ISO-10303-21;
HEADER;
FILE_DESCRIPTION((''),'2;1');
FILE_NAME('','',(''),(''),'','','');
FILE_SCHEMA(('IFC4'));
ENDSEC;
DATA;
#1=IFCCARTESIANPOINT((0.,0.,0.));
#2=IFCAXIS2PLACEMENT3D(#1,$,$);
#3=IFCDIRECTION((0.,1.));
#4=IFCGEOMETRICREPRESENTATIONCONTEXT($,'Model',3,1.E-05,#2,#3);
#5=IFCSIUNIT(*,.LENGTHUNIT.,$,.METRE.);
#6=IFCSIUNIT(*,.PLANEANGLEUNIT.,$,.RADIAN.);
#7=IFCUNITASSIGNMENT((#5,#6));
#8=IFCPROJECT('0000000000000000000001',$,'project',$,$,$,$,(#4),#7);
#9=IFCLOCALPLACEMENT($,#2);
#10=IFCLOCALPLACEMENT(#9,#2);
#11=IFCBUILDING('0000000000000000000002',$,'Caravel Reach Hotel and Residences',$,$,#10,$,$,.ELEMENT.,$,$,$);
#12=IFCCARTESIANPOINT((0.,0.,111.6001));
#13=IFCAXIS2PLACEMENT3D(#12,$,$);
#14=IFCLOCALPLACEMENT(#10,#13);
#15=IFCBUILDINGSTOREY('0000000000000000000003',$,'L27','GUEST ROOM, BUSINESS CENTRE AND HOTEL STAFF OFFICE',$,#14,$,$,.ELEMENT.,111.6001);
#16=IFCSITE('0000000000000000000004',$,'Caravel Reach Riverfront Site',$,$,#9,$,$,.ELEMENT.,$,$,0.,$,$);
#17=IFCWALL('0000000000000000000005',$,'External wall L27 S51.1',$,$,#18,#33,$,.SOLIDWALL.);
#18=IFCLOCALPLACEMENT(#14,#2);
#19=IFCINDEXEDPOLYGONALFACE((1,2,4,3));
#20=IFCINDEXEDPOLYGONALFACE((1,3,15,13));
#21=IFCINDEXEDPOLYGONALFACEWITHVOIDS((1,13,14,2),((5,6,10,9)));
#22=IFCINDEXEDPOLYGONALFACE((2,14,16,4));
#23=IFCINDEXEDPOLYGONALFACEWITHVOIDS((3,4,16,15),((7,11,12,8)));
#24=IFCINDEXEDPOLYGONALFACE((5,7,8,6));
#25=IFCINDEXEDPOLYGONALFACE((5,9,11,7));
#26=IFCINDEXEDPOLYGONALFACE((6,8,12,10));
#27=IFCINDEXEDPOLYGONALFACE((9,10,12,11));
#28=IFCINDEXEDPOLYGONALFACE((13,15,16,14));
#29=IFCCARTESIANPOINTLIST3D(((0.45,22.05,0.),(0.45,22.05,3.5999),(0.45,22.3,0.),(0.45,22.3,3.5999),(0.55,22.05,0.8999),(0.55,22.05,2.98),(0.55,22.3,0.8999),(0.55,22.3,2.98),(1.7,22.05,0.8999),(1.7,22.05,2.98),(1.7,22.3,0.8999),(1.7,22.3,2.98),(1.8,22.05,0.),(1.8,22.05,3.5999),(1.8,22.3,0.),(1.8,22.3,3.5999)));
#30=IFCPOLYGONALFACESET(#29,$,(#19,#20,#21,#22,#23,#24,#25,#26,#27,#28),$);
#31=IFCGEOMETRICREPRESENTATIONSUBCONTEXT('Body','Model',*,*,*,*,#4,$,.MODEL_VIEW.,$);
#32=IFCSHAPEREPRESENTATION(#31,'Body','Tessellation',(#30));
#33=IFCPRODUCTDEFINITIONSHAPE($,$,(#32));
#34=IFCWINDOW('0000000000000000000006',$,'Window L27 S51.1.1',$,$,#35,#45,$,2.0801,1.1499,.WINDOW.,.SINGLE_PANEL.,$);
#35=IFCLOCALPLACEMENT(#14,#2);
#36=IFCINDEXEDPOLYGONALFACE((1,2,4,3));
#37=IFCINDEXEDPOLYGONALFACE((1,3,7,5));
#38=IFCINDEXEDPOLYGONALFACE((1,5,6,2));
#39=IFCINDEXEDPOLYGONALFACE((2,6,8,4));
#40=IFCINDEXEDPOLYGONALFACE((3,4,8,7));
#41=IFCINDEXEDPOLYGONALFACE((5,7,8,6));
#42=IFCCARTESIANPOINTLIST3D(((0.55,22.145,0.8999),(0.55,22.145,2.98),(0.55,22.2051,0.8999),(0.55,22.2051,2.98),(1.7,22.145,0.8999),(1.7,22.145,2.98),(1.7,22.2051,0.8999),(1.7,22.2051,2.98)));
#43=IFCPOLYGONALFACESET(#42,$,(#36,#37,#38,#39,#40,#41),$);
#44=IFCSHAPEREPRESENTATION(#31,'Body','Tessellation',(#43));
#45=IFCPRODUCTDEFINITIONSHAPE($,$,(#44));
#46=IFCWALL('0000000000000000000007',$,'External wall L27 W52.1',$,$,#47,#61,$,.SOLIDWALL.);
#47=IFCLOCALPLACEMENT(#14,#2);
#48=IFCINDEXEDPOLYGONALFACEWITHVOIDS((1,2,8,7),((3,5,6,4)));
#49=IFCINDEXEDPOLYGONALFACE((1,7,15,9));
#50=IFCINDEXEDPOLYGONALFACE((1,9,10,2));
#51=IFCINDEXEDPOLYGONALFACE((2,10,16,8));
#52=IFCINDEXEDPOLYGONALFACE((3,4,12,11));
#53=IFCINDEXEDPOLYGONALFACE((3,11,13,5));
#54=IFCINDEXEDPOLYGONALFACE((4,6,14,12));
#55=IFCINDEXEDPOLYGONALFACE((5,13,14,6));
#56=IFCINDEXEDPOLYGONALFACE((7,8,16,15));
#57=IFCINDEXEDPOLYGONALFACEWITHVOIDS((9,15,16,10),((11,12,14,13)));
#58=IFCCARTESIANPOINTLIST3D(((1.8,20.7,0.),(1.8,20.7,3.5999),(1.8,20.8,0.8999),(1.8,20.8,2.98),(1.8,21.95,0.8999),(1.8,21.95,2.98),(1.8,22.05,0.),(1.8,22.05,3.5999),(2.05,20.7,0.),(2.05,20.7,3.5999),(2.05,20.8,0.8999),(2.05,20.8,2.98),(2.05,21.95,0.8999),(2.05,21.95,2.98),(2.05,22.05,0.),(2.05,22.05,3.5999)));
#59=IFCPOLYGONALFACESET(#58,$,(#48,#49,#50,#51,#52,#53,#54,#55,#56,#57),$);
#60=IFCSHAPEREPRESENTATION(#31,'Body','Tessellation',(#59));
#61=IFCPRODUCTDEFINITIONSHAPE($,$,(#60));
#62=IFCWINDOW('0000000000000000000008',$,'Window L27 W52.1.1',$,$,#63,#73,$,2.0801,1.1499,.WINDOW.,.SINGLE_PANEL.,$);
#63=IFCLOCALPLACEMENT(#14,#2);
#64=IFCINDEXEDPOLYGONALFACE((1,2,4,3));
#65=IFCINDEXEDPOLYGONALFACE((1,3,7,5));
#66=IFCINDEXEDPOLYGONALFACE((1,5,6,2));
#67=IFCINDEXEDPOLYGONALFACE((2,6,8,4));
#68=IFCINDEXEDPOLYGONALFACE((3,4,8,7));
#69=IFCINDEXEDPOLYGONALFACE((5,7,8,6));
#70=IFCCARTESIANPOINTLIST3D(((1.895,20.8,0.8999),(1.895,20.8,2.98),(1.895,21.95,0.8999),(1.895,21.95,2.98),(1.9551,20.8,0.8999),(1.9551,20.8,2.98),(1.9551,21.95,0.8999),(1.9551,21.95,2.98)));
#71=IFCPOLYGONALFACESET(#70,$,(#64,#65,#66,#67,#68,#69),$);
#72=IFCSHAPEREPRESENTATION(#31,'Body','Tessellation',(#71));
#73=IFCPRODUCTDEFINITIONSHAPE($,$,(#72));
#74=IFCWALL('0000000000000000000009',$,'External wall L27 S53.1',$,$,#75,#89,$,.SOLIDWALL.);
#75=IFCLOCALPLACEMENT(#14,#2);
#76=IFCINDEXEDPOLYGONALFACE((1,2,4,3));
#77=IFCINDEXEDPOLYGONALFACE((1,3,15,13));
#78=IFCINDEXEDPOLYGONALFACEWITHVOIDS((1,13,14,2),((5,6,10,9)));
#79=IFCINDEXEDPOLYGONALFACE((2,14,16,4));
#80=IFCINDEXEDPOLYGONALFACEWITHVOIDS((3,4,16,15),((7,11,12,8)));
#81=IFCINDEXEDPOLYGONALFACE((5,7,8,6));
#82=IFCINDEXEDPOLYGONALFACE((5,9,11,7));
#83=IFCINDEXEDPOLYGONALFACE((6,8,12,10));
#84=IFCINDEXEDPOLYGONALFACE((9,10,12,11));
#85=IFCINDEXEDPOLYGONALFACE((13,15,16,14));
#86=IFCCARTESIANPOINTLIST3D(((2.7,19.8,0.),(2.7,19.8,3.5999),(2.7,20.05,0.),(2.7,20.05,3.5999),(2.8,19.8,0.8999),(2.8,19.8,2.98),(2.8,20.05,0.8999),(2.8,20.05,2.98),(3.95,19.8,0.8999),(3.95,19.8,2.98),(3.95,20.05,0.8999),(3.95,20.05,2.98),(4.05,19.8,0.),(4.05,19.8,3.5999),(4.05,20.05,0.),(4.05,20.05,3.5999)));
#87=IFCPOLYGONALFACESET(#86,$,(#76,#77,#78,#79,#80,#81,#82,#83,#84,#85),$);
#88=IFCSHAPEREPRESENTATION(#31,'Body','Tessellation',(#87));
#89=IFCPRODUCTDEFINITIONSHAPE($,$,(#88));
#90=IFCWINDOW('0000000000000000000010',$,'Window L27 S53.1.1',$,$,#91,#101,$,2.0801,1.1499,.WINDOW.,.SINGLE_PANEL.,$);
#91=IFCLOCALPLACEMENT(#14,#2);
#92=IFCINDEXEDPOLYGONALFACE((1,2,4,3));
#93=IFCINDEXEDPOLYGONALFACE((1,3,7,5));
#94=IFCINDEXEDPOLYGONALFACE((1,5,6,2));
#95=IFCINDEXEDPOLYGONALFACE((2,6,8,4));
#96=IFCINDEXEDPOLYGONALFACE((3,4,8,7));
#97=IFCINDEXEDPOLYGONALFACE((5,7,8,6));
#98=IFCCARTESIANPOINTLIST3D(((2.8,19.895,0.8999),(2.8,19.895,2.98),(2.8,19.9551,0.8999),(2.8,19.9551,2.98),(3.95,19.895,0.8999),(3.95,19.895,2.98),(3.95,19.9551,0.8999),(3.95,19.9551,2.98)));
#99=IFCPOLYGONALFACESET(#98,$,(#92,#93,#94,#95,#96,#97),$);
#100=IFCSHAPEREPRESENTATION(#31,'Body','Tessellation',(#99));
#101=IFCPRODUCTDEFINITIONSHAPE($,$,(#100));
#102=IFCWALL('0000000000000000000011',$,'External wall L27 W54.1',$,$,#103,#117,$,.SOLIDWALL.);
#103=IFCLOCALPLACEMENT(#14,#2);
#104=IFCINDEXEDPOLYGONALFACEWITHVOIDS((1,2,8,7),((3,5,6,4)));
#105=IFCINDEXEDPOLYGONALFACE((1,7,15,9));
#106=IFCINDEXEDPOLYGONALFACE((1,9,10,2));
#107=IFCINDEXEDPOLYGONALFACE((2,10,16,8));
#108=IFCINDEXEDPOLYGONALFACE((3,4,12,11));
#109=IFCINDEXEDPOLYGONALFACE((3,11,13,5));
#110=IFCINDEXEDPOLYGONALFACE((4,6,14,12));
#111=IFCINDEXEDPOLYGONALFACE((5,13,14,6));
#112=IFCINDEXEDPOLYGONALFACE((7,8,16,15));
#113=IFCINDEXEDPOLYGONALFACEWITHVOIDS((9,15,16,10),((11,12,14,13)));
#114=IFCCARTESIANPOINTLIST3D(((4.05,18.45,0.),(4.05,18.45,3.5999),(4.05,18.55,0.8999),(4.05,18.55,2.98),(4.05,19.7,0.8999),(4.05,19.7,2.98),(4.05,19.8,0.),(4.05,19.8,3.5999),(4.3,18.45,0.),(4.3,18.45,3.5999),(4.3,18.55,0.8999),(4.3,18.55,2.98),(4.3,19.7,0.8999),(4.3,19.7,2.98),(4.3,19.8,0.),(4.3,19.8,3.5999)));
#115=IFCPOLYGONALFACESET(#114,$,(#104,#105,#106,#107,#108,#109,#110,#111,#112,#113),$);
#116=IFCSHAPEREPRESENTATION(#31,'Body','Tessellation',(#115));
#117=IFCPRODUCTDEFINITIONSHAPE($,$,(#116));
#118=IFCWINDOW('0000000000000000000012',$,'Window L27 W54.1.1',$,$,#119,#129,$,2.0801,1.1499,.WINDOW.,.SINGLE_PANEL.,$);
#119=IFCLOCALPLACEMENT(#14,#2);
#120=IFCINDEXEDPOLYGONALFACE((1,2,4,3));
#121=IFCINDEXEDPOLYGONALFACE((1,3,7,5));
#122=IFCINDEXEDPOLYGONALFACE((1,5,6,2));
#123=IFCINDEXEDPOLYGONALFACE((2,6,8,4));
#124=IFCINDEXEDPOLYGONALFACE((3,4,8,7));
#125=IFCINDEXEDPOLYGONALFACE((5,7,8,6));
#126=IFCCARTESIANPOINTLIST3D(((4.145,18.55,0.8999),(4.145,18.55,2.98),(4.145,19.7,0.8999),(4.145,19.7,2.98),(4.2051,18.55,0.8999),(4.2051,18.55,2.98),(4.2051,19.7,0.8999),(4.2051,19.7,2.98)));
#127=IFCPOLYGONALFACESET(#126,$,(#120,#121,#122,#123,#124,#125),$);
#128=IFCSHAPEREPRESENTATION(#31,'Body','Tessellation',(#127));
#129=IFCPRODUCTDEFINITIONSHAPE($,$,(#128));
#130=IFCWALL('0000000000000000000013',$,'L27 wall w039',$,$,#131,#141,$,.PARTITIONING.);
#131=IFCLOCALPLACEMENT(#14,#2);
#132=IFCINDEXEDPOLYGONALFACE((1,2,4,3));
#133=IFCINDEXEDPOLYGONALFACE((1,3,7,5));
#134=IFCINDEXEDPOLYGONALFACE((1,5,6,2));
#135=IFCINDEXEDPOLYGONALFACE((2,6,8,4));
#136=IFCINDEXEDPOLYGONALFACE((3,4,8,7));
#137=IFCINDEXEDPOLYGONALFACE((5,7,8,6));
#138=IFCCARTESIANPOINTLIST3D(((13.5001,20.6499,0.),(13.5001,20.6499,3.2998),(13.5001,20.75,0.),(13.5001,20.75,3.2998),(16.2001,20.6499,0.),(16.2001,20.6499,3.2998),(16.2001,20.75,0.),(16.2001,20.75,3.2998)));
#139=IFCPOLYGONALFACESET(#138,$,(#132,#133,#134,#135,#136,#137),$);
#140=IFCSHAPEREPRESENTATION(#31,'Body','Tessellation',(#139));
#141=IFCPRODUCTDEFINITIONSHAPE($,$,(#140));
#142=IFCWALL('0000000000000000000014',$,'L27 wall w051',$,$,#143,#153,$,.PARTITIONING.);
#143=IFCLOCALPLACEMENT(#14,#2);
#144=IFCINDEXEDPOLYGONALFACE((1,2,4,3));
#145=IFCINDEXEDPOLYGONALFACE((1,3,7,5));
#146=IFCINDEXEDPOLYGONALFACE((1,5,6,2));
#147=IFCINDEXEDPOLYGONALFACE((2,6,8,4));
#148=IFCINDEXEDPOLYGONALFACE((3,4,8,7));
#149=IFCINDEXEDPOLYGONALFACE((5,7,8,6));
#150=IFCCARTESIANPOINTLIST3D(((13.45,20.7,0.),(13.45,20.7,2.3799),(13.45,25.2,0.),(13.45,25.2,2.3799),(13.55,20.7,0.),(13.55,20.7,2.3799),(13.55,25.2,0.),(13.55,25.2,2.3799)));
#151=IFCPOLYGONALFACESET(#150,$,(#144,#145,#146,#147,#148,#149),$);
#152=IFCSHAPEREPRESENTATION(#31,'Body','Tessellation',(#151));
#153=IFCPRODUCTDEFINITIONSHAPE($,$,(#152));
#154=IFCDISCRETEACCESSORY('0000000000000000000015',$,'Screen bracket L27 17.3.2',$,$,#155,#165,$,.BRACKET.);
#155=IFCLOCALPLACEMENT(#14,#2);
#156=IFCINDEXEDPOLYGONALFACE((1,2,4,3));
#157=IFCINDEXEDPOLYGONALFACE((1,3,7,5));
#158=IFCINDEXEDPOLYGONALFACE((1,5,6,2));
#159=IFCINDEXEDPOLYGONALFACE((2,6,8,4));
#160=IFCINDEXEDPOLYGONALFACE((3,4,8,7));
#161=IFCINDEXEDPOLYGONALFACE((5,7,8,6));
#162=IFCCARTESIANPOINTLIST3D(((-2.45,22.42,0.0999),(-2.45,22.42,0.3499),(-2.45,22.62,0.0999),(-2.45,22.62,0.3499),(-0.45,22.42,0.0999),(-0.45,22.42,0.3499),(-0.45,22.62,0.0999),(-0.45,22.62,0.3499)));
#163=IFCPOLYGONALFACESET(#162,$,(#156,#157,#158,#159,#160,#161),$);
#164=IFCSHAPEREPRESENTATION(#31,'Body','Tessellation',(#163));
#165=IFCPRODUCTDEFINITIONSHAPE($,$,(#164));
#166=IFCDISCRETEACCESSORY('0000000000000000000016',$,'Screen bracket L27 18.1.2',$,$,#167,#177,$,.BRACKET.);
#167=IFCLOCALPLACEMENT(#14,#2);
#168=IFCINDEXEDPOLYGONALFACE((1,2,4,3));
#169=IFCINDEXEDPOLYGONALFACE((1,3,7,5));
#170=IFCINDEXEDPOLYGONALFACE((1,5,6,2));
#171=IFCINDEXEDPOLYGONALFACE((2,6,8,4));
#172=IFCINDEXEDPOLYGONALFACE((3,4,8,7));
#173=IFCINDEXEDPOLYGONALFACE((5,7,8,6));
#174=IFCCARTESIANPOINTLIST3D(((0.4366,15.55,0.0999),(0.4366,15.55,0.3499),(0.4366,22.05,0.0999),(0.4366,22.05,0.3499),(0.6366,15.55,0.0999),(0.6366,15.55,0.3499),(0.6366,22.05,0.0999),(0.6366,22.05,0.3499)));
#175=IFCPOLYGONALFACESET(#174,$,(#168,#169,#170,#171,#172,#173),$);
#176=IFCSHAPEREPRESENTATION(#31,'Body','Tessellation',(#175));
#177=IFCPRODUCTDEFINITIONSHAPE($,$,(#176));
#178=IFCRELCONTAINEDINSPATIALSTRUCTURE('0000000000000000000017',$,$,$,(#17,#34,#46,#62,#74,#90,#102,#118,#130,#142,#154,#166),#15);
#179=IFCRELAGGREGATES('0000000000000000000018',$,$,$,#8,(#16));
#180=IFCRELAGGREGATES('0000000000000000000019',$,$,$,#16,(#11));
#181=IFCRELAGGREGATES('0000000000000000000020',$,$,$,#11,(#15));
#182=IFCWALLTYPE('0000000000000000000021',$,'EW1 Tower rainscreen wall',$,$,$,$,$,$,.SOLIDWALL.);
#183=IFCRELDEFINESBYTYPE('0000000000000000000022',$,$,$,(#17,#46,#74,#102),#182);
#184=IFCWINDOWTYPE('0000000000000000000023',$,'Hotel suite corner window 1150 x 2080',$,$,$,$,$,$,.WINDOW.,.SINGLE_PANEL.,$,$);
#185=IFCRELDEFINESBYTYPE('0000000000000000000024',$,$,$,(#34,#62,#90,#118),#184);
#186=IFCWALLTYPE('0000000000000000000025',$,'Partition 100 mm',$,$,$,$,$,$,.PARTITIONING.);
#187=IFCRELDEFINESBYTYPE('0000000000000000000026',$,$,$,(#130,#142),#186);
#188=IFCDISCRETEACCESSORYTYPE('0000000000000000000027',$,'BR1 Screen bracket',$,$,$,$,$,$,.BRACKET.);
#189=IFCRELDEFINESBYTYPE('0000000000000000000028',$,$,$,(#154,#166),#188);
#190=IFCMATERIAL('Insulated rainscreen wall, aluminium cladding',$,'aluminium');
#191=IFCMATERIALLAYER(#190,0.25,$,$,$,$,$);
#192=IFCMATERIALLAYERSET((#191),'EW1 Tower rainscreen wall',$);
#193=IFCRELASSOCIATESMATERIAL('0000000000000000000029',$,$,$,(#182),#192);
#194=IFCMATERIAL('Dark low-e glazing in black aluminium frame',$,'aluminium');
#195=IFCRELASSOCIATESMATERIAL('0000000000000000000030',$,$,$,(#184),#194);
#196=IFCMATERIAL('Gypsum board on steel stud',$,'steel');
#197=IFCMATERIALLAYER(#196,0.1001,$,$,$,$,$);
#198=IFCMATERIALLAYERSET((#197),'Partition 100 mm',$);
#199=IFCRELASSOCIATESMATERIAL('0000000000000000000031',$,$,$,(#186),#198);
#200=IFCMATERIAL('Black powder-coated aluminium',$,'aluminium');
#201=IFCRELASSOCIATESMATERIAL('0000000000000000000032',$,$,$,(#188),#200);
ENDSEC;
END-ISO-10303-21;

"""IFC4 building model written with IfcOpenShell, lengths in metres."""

from ifc_helpers import new_model, si_unit, direction, frame, frame_2d, origin, origin_2d, place, context, subcontext, project, spatial, rectangle, extrude, material, layer, layer_set, type_object, element, fill, save


model = new_model("IFC4")

# Units and contexts
model_context = context("Model", 3, precision=1e-05, world=origin(), true_north=direction((0.0, 1.0)))
body_context = subcontext(model_context, "Body", "Model", "MODEL_VIEW")
ifc_project = project(units=[si_unit("LENGTHUNIT", "METRE"), si_unit("PLANEANGLEUNIT", "RADIAN")], contexts=[model_context])

# Site, building, storey
site_placement = place(None, origin())
site = spatial("IfcSite", under=ifc_project, at=site_placement, Name="Caravel Reach Riverfront Site", CompositionType="ELEMENT", RefElevation=0.0)
building_placement = place(site_placement, origin())
building = spatial("IfcBuilding", under=site, at=building_placement, Name="Caravel Reach Hotel and Residences", CompositionType="ELEMENT")
storey_placement = place(building_placement, frame((0.0, 0.0, 111.6001)))
storey = spatial("IfcBuildingStorey", under=building, at=storey_placement, Name="L27", Description="GUEST ROOM, BUSINESS CENTRE AND HOTEL STAFF OFFICE", CompositionType="ELEMENT", Elevation=111.6001)

# Walls, openings, windows
ifc_material_1 = material(Name="Insulated rainscreen wall, aluminium cladding", Category="aluminium")
ifc_layer_1 = layer(ifc_material_1, 0.25)
ifc_layer_set_1 = layer_set([ifc_layer_1], Name="EW1 Tower rainscreen wall")
wall_type_1 = type_object("IfcWallType", Name="EW1 Tower rainscreen wall", PredefinedType="SOLIDWALL", material=ifc_layer_set_1)
wall_1_placement = place(storey_placement, frame((0.45, 22.175, 0.0), z_axis=(0.0, 0.0, 1.0), x_axis=(1.0, 0.0, 0.0)))
wall_1 = element("IfcWall", 1, at=wall_1_placement, inside=storey, type_object=wall_type_1, Name="External wall L27 S51.1", PredefinedType="SOLIDWALL", context=body_context, shape_type="SweptSolid", body=[
    extrude(rectangle(XDim=1.3501, YDim=0.25, at=frame_2d((0.675, 0.0))), origin(), (0.0, 0.0, 1.0), 3.5999),
])
opening_1_placement = place(wall_1_placement, frame((0.1001, 0.0, 0.8999)))
opening_1 = element("IfcOpeningElement", 2, at=opening_1_placement, cuts=wall_1, PredefinedType="OPENING", context=body_context, shape_type="SweptSolid", body=[
    extrude(rectangle(XDim=1.1499, YDim=2.0801, at=frame_2d((0.575, 1.04))), frame((0.0, 0.135, 0.0), z_axis=(0.0, -1.0, 0.0), x_axis=(1.0, 0.0, 0.0)), (0.0, 0.0, 1.0), 0.27),
])
ifc_material_2 = material(Name="Dark low-e glazing in black aluminium frame", Category="aluminium")
window_type = type_object("IfcWindowType", Name="Hotel suite corner window 1150 x 2080", PartitioningType="SINGLE_PANEL", PredefinedType="WINDOW", material=ifc_material_2)
window_1_placement = place(opening_1_placement, origin())
window_1 = element("IfcWindow", 3, at=window_1_placement, inside=storey, type_object=window_type, Name="Window L27 S51.1.1", OverallHeight=2.0801, OverallWidth=1.1499, PartitioningType="SINGLE_PANEL", PredefinedType="WINDOW", context=body_context, shape_type="SweptSolid", body=[
    extrude(rectangle(XDim=1.1499, YDim=2.0801, at=frame_2d((0.575, 1.04))), frame((0.0, 0.03, 0.0), z_axis=(0.0, -1.0, 0.0), x_axis=(1.0, 0.0, 0.0)), (0.0, 0.0, 1.0), 0.0601),
])
fill(opening_1, window_1)
wall_2_placement = place(storey_placement, frame((1.925, 22.05, 0.0), z_axis=(0.0, 0.0, 1.0), x_axis=(0.0, -1.0, 0.0)))
wall_2 = element("IfcWall", 4, at=wall_2_placement, inside=storey, type_object=wall_type_1, Name="External wall L27 W52.1", PredefinedType="SOLIDWALL", context=body_context, shape_type="SweptSolid", body=[
    extrude(rectangle(XDim=1.3501, YDim=0.25, at=frame_2d((0.675, 0.0))), origin(), (0.0, 0.0, 1.0), 3.5999),
])
opening_2_placement = place(wall_2_placement, frame((0.1001, 0.0, 0.8999)))
opening_2 = element("IfcOpeningElement", 5, at=opening_2_placement, cuts=wall_2, PredefinedType="OPENING", context=body_context, shape_type="SweptSolid", body=[
    extrude(rectangle(XDim=1.1499, YDim=2.0801, at=frame_2d((0.575, 1.04))), frame((0.0, 0.135, 0.0), z_axis=(0.0, -1.0, 0.0), x_axis=(1.0, 0.0, 0.0)), (0.0, 0.0, 1.0), 0.27),
])
window_2_placement = place(opening_2_placement, origin())
window_2 = element("IfcWindow", 6, at=window_2_placement, inside=storey, type_object=window_type, Name="Window L27 W52.1.1", OverallHeight=2.0801, OverallWidth=1.1499, PartitioningType="SINGLE_PANEL", PredefinedType="WINDOW", context=body_context, shape_type="SweptSolid", body=[
    extrude(rectangle(XDim=1.1499, YDim=2.0801, at=frame_2d((0.575, 1.04))), frame((0.0, 0.03, 0.0), z_axis=(0.0, -1.0, 0.0), x_axis=(1.0, 0.0, 0.0)), (0.0, 0.0, 1.0), 0.0601),
])
fill(opening_2, window_2)
wall_3_placement = place(storey_placement, frame((2.7, 19.925, 0.0), z_axis=(0.0, 0.0, 1.0), x_axis=(1.0, 0.0, 0.0)))
wall_3 = element("IfcWall", 7, at=wall_3_placement, inside=storey, type_object=wall_type_1, Name="External wall L27 S53.1", PredefinedType="SOLIDWALL", context=body_context, shape_type="SweptSolid", body=[
    extrude(rectangle(XDim=1.3501, YDim=0.25, at=frame_2d((0.675, 0.0))), origin(), (0.0, 0.0, 1.0), 3.5999),
])
opening_3_placement = place(wall_3_placement, frame((0.1001, 0.0, 0.8999)))
opening_3 = element("IfcOpeningElement", 8, at=opening_3_placement, cuts=wall_3, PredefinedType="OPENING", context=body_context, shape_type="SweptSolid", body=[
    extrude(rectangle(XDim=1.1499, YDim=2.0801, at=frame_2d((0.575, 1.04))), frame((0.0, 0.135, 0.0), z_axis=(0.0, -1.0, 0.0), x_axis=(1.0, 0.0, 0.0)), (0.0, 0.0, 1.0), 0.27),
])
window_3_placement = place(opening_3_placement, origin())
window_3 = element("IfcWindow", 9, at=window_3_placement, inside=storey, type_object=window_type, Name="Window L27 S53.1.1", OverallHeight=2.0801, OverallWidth=1.1499, PartitioningType="SINGLE_PANEL", PredefinedType="WINDOW", context=body_context, shape_type="SweptSolid", body=[
    extrude(rectangle(XDim=1.1499, YDim=2.0801, at=frame_2d((0.575, 1.04))), frame((0.0, 0.03, 0.0), z_axis=(0.0, -1.0, 0.0), x_axis=(1.0, 0.0, 0.0)), (0.0, 0.0, 1.0), 0.0601),
])
fill(opening_3, window_3)
wall_4_placement = place(storey_placement, frame((4.175, 19.8, 0.0), z_axis=(0.0, 0.0, 1.0), x_axis=(0.0, -1.0, 0.0)))
wall_4 = element("IfcWall", 10, at=wall_4_placement, inside=storey, type_object=wall_type_1, Name="External wall L27 W54.1", PredefinedType="SOLIDWALL", context=body_context, shape_type="SweptSolid", body=[
    extrude(rectangle(XDim=1.3501, YDim=0.25, at=frame_2d((0.675, 0.0))), origin(), (0.0, 0.0, 1.0), 3.5999),
])
opening_4_placement = place(wall_4_placement, frame((0.1001, 0.0, 0.8999)))
opening_4 = element("IfcOpeningElement", 11, at=opening_4_placement, cuts=wall_4, PredefinedType="OPENING", context=body_context, shape_type="SweptSolid", body=[
    extrude(rectangle(XDim=1.1499, YDim=2.0801, at=frame_2d((0.575, 1.04))), frame((0.0, 0.135, 0.0), z_axis=(0.0, -1.0, 0.0), x_axis=(1.0, 0.0, 0.0)), (0.0, 0.0, 1.0), 0.27),
])
window_4_placement = place(opening_4_placement, origin())
window_4 = element("IfcWindow", 12, at=window_4_placement, inside=storey, type_object=window_type, Name="Window L27 W54.1.1", OverallHeight=2.0801, OverallWidth=1.1499, PartitioningType="SINGLE_PANEL", PredefinedType="WINDOW", context=body_context, shape_type="SweptSolid", body=[
    extrude(rectangle(XDim=1.1499, YDim=2.0801, at=frame_2d((0.575, 1.04))), frame((0.0, 0.03, 0.0), z_axis=(0.0, -1.0, 0.0), x_axis=(1.0, 0.0, 0.0)), (0.0, 0.0, 1.0), 0.0601),
])
fill(opening_4, window_4)

# Walls
ifc_material_3 = material(Name="Gypsum board on steel stud", Category="steel")
ifc_layer_2 = layer(ifc_material_3, 0.1001)
ifc_layer_set_2 = layer_set([ifc_layer_2], Name="Partition 100 mm")
wall_type_2 = type_object("IfcWallType", Name="Partition 100 mm", PredefinedType="PARTITIONING", material=ifc_layer_set_2)
wall_5_placement = place(storey_placement, frame((13.5, 20.7, 0.0), z_axis=(0.0, 0.0, 1.0), x_axis=(1.0, 0.0, 0.0)))
element("IfcWall", 13, at=wall_5_placement, inside=storey, type_object=wall_type_2, Name="L27 wall w039", PredefinedType="PARTITIONING", context=body_context, shape_type="SweptSolid", body=[
    extrude(rectangle(XDim=2.7, YDim=0.1001, at=frame_2d((1.3501, 0.0))), origin(), (0.0, 0.0, 1.0), 3.2998),
])
wall_6_placement = place(storey_placement, frame((13.5, 20.7, 0.0), z_axis=(0.0, 0.0, 1.0), x_axis=(0.0, 1.0, 0.0)))
element("IfcWall", 14, at=wall_6_placement, inside=storey, type_object=wall_type_2, Name="L27 wall w051", PredefinedType="PARTITIONING", context=body_context, shape_type="SweptSolid", body=[
    extrude(rectangle(XDim=4.5, YDim=0.1001, at=frame_2d((2.25, 0.0))), origin(), (0.0, 0.0, 1.0), 2.3799),
])

# Discrete accessories
ifc_material_4 = material(Name="Black powder-coated aluminium", Category="aluminium")
discrete_accessory_type = type_object("IfcDiscreteAccessoryType", Name="BR1 Screen bracket", PredefinedType="BRACKET", material=ifc_material_4)
discrete_accessory_1_placement = place(storey_placement, frame((-1.45, 22.52, 0.0999), z_axis=(0.0, 0.0, 1.0), x_axis=(-1.0, 0.0, 0.0)))
element("IfcDiscreteAccessory", 15, at=discrete_accessory_1_placement, inside=storey, type_object=discrete_accessory_type, Name="Screen bracket L27 17.3.2", PredefinedType="BRACKET", context=body_context, shape_type="SweptSolid", body=[
    extrude(rectangle(XDim=2.0, YDim=0.2, at=origin_2d()), origin(), (0.0, 0.0, 1.0), 0.25),
])
discrete_accessory_2_placement = place(storey_placement, frame((0.5366, 18.8, 0.0999), z_axis=(0.0, 0.0, 1.0), x_axis=(0.0, -1.0, 0.0)))
element("IfcDiscreteAccessory", 16, at=discrete_accessory_2_placement, inside=storey, type_object=discrete_accessory_type, Name="Screen bracket L27 18.1.2", PredefinedType="BRACKET", context=body_context, shape_type="SweptSolid", body=[
    extrude(rectangle(XDim=6.5, YDim=0.2, at=origin_2d()), origin(), (0.0, 0.0, 1.0), 0.25),
])

save(model, "model.ifc")
